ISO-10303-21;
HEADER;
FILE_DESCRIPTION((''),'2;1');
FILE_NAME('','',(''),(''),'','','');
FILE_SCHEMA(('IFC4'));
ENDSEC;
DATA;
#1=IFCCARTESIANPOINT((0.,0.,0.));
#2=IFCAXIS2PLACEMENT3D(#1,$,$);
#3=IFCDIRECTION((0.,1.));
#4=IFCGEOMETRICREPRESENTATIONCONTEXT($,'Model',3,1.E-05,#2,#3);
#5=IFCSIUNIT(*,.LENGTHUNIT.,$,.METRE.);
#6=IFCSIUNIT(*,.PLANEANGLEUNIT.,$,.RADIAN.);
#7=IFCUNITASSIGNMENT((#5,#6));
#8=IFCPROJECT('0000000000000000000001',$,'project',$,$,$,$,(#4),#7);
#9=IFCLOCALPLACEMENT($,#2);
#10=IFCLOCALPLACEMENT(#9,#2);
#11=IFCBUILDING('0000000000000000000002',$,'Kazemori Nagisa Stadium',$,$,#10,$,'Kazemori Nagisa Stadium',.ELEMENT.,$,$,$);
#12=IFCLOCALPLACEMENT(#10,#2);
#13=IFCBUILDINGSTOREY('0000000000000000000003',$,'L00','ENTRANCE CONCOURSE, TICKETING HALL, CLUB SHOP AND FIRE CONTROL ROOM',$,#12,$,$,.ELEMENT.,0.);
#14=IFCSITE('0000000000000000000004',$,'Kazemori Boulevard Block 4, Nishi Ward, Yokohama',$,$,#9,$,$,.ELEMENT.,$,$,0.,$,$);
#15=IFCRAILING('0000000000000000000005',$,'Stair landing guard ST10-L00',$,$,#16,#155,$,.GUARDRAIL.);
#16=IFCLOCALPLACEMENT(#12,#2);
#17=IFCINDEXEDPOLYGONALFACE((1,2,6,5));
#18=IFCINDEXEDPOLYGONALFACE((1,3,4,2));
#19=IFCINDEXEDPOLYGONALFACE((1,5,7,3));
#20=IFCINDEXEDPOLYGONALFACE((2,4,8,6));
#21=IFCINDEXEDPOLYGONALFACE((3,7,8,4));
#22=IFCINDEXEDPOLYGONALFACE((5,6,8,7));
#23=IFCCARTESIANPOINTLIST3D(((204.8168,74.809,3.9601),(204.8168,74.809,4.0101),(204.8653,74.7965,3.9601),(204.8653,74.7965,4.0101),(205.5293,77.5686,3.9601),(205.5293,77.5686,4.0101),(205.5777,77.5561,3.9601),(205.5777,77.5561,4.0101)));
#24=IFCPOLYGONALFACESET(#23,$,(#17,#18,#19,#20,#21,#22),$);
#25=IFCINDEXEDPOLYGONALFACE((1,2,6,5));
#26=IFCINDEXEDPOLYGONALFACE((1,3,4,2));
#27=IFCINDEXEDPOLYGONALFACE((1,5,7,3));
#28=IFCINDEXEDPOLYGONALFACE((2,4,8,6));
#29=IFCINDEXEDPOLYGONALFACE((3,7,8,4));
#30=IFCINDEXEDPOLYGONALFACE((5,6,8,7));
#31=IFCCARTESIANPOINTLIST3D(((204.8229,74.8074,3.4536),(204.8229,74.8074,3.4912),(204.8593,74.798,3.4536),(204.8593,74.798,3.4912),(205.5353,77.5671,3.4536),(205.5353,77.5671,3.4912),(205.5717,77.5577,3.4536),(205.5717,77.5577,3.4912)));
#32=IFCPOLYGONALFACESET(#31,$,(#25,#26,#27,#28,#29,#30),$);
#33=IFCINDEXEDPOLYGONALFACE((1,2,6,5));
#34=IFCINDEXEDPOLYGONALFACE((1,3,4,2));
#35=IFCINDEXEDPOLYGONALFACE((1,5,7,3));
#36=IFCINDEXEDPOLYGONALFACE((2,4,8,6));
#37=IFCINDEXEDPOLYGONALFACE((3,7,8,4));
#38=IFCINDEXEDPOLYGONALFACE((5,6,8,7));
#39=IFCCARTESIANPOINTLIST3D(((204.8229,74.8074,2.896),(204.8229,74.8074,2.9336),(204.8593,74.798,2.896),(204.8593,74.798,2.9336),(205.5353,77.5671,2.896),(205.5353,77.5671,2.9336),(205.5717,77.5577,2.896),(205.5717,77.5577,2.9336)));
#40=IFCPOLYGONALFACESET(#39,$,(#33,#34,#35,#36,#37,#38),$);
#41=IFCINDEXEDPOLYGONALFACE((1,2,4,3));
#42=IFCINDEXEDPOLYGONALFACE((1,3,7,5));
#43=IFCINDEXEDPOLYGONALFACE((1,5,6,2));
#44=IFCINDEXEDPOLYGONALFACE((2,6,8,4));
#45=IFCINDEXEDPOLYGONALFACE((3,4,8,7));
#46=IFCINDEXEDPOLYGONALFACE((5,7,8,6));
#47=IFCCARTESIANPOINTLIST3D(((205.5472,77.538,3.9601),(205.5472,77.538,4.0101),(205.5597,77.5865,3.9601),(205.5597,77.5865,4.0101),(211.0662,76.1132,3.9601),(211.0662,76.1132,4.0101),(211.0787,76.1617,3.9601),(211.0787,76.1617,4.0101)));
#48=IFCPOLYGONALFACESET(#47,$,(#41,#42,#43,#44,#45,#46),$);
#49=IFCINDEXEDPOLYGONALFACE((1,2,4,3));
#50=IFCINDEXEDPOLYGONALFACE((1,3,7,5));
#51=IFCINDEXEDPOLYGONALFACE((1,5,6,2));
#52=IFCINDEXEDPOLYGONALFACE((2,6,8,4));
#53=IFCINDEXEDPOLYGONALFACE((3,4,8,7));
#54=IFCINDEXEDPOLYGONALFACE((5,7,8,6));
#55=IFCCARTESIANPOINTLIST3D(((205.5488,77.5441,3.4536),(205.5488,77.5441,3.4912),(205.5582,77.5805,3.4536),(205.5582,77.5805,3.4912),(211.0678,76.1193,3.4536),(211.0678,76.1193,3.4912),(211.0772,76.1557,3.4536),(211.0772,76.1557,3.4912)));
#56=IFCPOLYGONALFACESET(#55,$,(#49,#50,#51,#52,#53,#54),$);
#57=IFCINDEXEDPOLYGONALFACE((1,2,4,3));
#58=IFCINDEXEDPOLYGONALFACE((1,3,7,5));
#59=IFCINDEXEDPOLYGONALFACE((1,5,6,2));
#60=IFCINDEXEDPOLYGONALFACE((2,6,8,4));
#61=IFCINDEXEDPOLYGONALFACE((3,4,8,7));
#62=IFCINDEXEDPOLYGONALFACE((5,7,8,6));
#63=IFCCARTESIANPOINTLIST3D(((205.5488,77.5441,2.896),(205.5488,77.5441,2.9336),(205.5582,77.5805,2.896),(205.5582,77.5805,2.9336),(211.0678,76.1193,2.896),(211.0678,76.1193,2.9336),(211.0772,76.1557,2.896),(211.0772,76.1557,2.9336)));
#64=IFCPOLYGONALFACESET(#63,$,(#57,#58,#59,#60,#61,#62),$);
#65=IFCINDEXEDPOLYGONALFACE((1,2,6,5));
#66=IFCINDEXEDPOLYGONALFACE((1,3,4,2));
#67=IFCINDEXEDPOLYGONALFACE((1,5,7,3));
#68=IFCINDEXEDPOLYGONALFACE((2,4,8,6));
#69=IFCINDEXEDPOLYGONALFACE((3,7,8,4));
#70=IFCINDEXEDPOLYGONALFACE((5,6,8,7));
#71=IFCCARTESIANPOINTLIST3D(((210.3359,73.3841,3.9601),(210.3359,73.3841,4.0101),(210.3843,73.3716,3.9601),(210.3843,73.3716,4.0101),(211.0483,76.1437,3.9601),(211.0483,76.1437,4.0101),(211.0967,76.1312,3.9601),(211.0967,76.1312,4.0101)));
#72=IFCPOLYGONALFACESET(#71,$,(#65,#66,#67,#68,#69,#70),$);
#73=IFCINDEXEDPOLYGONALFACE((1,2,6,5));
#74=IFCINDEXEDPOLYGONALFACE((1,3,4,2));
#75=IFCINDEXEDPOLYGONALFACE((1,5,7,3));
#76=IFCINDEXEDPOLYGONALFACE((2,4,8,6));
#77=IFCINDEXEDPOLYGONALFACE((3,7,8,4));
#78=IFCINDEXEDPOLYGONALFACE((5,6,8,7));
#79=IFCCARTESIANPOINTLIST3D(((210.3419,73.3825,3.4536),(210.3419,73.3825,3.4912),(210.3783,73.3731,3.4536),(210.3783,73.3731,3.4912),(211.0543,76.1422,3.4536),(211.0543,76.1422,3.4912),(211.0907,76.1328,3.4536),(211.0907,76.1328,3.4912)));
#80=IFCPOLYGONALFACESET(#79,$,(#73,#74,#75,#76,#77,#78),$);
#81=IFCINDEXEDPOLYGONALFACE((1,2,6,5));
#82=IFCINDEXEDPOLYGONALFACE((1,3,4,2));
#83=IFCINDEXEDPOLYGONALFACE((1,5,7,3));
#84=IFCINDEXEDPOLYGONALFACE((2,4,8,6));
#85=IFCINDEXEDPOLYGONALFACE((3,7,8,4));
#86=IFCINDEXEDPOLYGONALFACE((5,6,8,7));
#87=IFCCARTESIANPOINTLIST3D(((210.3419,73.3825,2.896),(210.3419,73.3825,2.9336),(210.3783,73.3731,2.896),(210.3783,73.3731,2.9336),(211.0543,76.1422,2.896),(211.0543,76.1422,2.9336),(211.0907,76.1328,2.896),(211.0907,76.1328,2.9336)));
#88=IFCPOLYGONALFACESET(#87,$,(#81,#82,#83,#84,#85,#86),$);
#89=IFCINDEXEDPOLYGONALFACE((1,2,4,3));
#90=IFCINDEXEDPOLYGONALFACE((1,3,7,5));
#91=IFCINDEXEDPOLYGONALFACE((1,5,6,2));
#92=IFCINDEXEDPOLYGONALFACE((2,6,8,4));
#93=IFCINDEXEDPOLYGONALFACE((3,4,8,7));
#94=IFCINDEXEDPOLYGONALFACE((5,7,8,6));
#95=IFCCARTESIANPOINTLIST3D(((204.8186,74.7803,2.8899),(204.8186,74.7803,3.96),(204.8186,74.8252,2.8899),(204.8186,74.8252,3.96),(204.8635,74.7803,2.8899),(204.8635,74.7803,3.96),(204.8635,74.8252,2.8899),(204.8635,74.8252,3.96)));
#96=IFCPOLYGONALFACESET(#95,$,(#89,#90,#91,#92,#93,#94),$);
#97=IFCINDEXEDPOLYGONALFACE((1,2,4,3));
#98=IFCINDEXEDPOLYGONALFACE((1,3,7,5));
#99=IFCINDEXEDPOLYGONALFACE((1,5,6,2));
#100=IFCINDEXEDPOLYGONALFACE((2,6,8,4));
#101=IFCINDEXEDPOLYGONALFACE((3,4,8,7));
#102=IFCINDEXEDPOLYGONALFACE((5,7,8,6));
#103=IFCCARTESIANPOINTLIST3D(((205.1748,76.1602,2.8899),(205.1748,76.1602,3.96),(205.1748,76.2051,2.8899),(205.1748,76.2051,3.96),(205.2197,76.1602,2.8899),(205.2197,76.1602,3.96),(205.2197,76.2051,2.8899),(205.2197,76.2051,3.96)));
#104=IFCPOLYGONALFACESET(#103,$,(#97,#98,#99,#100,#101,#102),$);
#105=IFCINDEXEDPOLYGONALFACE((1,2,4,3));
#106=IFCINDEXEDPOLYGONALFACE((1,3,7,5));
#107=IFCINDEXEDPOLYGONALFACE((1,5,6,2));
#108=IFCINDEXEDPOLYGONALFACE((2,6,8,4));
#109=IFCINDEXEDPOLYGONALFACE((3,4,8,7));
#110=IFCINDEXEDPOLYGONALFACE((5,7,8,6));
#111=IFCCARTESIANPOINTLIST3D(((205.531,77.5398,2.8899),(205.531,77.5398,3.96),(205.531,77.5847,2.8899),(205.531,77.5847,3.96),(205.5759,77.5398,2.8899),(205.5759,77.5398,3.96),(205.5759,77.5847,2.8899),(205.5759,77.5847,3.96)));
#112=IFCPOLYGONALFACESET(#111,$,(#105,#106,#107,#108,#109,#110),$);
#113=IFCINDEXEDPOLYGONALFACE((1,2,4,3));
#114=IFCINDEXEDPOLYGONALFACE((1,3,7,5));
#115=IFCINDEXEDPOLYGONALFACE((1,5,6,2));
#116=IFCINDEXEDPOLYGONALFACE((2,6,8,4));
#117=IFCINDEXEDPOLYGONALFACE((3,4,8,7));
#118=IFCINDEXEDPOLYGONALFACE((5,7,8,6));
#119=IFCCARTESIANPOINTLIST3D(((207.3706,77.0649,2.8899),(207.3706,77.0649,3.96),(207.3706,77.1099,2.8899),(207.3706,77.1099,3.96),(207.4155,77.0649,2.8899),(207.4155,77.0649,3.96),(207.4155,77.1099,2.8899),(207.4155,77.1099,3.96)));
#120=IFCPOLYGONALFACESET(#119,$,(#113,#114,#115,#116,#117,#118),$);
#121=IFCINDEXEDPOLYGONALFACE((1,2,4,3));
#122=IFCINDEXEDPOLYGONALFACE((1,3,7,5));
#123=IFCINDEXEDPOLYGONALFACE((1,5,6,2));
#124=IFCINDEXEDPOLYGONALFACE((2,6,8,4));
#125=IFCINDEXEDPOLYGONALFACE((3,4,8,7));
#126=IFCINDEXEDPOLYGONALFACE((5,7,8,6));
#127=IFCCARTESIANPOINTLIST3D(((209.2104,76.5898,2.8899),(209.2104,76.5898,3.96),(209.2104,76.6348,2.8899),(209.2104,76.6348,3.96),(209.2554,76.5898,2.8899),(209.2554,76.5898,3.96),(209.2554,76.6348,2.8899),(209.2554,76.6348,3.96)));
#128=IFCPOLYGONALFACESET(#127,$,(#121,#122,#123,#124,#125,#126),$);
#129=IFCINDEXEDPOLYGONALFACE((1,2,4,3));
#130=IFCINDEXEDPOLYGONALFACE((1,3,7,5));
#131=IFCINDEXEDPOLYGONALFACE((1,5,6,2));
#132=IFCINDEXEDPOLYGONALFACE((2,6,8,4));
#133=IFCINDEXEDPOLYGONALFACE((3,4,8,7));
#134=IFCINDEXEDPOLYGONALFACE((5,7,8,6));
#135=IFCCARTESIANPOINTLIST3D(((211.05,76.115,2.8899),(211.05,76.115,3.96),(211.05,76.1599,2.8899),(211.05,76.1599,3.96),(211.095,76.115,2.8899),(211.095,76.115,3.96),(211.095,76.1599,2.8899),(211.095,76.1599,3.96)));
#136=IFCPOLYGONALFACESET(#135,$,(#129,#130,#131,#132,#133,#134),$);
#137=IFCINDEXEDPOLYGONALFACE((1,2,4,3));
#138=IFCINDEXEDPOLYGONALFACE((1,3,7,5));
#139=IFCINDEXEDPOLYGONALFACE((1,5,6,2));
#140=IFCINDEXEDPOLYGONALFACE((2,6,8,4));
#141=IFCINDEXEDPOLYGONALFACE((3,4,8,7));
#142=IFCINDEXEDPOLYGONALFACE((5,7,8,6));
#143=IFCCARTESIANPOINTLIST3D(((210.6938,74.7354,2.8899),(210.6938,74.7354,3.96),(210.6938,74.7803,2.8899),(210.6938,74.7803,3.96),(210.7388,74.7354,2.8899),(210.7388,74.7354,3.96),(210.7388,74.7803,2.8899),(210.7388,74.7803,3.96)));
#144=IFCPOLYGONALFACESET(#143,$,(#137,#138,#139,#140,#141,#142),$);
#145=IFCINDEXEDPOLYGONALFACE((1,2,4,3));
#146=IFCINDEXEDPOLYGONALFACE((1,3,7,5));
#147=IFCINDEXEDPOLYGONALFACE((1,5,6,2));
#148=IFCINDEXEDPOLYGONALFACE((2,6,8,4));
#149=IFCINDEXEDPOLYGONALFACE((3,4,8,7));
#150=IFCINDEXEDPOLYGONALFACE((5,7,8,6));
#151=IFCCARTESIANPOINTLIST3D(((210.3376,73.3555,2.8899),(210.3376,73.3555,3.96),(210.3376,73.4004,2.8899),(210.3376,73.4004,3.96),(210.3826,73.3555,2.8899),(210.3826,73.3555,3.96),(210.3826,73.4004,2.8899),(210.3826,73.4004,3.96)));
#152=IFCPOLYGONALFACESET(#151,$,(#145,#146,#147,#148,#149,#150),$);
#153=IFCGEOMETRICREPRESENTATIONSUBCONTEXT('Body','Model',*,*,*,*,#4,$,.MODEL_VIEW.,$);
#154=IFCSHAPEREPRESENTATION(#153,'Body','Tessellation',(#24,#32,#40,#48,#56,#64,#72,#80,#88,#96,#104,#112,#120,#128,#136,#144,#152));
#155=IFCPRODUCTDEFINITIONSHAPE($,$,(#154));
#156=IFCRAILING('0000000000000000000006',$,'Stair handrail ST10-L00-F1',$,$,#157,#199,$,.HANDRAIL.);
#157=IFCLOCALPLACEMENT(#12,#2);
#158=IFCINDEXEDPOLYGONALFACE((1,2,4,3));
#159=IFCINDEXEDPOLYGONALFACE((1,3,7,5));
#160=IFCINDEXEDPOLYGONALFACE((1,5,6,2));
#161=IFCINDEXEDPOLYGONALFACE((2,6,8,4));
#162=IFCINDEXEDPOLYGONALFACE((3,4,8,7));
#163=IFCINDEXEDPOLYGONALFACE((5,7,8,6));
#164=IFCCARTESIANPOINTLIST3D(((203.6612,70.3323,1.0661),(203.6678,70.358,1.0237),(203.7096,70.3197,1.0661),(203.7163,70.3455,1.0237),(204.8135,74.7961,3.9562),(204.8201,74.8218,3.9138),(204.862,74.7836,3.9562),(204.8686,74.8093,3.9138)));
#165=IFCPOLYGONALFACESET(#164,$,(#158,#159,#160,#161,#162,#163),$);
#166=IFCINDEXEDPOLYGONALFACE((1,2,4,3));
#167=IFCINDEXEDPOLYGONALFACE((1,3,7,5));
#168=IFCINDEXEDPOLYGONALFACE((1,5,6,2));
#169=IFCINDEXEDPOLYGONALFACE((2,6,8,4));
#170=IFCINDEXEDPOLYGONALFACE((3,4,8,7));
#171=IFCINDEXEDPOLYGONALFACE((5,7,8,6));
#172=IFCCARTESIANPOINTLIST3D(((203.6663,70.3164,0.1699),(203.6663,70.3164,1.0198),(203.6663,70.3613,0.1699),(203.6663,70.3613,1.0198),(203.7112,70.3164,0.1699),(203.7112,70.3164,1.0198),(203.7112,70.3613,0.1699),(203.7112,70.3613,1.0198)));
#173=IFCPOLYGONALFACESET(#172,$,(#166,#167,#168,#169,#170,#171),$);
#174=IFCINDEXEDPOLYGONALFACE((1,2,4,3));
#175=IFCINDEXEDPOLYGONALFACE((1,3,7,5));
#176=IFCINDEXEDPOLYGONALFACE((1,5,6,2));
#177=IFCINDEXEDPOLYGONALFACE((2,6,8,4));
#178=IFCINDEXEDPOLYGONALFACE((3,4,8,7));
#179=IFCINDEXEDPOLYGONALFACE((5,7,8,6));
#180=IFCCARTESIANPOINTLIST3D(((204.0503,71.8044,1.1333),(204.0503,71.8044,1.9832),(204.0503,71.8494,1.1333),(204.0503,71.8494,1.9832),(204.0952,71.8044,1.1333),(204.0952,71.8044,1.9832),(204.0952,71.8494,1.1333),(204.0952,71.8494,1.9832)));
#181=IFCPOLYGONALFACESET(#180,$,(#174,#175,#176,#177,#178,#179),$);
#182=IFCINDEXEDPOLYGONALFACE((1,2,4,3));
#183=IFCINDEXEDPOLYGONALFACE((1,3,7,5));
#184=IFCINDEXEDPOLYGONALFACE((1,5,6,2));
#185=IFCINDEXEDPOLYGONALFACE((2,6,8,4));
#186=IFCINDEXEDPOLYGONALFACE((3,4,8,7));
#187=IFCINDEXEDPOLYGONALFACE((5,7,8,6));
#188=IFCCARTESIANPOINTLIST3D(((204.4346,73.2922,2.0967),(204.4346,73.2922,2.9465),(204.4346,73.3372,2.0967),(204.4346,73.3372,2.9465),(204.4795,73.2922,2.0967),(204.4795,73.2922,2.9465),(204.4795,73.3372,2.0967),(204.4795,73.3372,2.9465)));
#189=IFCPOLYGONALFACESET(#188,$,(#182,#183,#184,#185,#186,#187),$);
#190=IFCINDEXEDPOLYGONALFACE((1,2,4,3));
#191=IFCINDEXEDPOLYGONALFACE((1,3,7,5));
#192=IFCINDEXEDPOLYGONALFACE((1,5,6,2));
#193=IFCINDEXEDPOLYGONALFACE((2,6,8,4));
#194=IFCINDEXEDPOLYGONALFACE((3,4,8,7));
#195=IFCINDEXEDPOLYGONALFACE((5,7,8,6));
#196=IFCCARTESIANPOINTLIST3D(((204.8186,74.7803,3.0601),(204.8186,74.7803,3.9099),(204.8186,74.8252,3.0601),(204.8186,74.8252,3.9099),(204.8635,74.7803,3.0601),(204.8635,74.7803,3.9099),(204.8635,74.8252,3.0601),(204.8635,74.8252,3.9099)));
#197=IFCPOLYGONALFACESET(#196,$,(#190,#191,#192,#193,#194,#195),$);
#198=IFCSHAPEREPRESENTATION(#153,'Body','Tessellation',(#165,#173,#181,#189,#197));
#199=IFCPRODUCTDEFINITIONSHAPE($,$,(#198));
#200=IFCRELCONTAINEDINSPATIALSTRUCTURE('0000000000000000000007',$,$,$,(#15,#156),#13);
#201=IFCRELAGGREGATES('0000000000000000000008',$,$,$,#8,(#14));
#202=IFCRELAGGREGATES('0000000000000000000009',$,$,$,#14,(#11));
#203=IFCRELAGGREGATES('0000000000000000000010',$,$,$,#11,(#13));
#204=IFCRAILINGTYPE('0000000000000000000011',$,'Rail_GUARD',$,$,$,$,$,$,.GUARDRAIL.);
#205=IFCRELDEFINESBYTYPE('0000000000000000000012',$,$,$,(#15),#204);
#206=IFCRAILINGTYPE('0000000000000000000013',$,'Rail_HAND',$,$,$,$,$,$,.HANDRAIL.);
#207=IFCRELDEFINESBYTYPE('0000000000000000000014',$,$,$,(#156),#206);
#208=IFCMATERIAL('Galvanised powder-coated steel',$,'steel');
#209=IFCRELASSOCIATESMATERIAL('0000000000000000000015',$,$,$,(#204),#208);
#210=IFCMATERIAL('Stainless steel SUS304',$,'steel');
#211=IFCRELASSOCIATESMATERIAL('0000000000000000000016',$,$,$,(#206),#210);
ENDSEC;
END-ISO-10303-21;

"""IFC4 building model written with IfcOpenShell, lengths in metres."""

from ifc_helpers import new_model, si_unit, direction, frame, origin, origin_2d, place, context, subcontext, project, spatial, rectangle, extrude, material, type_object, element, save


model = new_model("IFC4")

# Units and contexts
model_context = context("Model", 3, precision=1e-05, world=origin(), true_north=direction((0.0, 1.0)))
body_context = subcontext(model_context, "Body", "Model", "MODEL_VIEW")
ifc_project = project(units=[si_unit("LENGTHUNIT", "METRE"), si_unit("PLANEANGLEUNIT", "RADIAN")], contexts=[model_context])

# Site, building, storey
site_placement = place(None, origin())
site = spatial("IfcSite", under=ifc_project, at=site_placement, Name="Kazemori Boulevard Block 4, Nishi Ward, Yokohama", CompositionType="ELEMENT", RefElevation=0.0)
building_placement = place(site_placement, origin())
building = spatial("IfcBuilding", under=site, at=building_placement, Name="Kazemori Nagisa Stadium", LongName="Kazemori Nagisa Stadium", CompositionType="ELEMENT")
storey_placement = place(building_placement, origin())
storey = spatial("IfcBuildingStorey", under=building, at=storey_placement, Name="L00", Description="ENTRANCE CONCOURSE, TICKETING HALL, CLUB SHOP AND FIRE CONTROL ROOM", CompositionType="ELEMENT", Elevation=0.0)

# Shared definitions
ifc_material_1 = material(Name="Stainless steel SUS304", Category="steel")

# Railings
ifc_material_2 = material(Name="Galvanised powder-coated steel", Category="steel")
railing_type_1 = type_object("IfcRailingType", Name="Rail_GUARD", PredefinedType="GUARDRAIL", material=ifc_material_2)
railing_1_placement = place(storey_placement, frame((204.8411, 74.8027, 2.8899)))
element("IfcRailing", 1, at=railing_1_placement, inside=storey, type_object=railing_type_1, Name="Stair landing guard ST10-L00", PredefinedType="GUARDRAIL", context=body_context, shape_type="SweptSolid", body=[
    extrude(rectangle(XDim=0.05, YDim=0.05, at=origin_2d()), frame((0.0, 0.0, 1.0952), z_axis=(0.249966, 0.968255, 0.0), x_axis=(-0.968255, 0.249966, 0.0)), (0.0, 0.0, 1.0), 2.8501),
    extrude(rectangle(XDim=0.0376, YDim=0.0376, at=origin_2d()), frame((0.0, 0.0, 0.5825), z_axis=(0.249966, 0.968255, 0.0), x_axis=(-0.968255, 0.249966, 0.0)), (0.0, 0.0, 1.0), 2.8501),
    extrude(rectangle(XDim=0.0376, YDim=0.0376, at=origin_2d()), frame((0.0, 0.0, 0.0249), z_axis=(0.249966, 0.968255, 0.0), x_axis=(-0.968255, 0.249966, 0.0)), (0.0, 0.0, 1.0), 2.8501),
    extrude(rectangle(XDim=0.05, YDim=0.05, at=origin_2d()), frame((0.7124, 2.7595, 1.0952), z_axis=(0.968255, -0.249966, 0.0), x_axis=(0.249966, 0.968255, 0.0)), (0.0, 0.0, 1.0), 5.7),
    extrude(rectangle(XDim=0.0376, YDim=0.0376, at=origin_2d()), frame((0.7124, 2.7595, 0.5825), z_axis=(0.968255, -0.249966, 0.0), x_axis=(0.249966, 0.968255, 0.0)), (0.0, 0.0, 1.0), 5.7),
    extrude(rectangle(XDim=0.0376, YDim=0.0376, at=origin_2d()), frame((0.7124, 2.7595, 0.0249), z_axis=(0.968255, -0.249966, 0.0), x_axis=(0.249966, 0.968255, 0.0)), (0.0, 0.0, 1.0), 5.7),
    extrude(rectangle(XDim=0.05, YDim=0.05, at=origin_2d()), frame((6.2314, 1.3347, 1.0952), z_axis=(-0.249966, -0.968255, 0.0), x_axis=(0.968255, -0.249966, 0.0)), (0.0, 0.0, 1.0), 2.8501),
    extrude(rectangle(XDim=0.0376, YDim=0.0376, at=origin_2d()), frame((6.2314, 1.3347, 0.5825), z_axis=(-0.249966, -0.968255, 0.0), x_axis=(0.968255, -0.249966, 0.0)), (0.0, 0.0, 1.0), 2.8501),
    extrude(rectangle(XDim=0.0376, YDim=0.0376, at=origin_2d()), frame((6.2314, 1.3347, 0.0249), z_axis=(-0.249966, -0.968255, 0.0), x_axis=(0.968255, -0.249966, 0.0)), (0.0, 0.0, 1.0), 2.8501),
    extrude(rectangle(XDim=0.0449, YDim=0.0449, at=origin_2d()), origin(), (0.0, 0.0, 1.0), 1.0701),
    extrude(rectangle(XDim=0.0449, YDim=0.0449, at=origin_2d()), frame((0.3562, 1.3799, 0.0)), (0.0, 0.0, 1.0), 1.0701),
    extrude(rectangle(XDim=0.0449, YDim=0.0449, at=origin_2d()), frame((0.7124, 2.7595, 0.0)), (0.0, 0.0, 1.0), 1.0701),
    extrude(rectangle(XDim=0.0449, YDim=0.0449, at=origin_2d()), frame((2.552, 2.2847, 0.0)), (0.0, 0.0, 1.0), 1.0701),
    extrude(rectangle(XDim=0.0449, YDim=0.0449, at=origin_2d()), frame((4.3918, 1.8096, 0.0)), (0.0, 0.0, 1.0), 1.0701),
    extrude(rectangle(XDim=0.0449, YDim=0.0449, at=origin_2d()), frame((6.2314, 1.3347, 0.0)), (0.0, 0.0, 1.0), 1.0701),
    extrude(rectangle(XDim=0.0449, YDim=0.0449, at=origin_2d()), frame((5.8752, -0.0449, 0.0)), (0.0, 0.0, 1.0), 1.0701),
    extrude(rectangle(XDim=0.0449, YDim=0.0449, at=origin_2d()), frame((5.519, -1.4248, 0.0)), (0.0, 0.0, 1.0), 1.0701),
])
railing_type_2 = type_object("IfcRailingType", Name="Rail_HAND", PredefinedType="HANDRAIL", material=ifc_material_1)
railing_2_placement = place(storey_placement, frame((203.6887, 70.3389, 0.1699)))
element("IfcRailing", 2, at=railing_2_placement, inside=storey, type_object=railing_type_2, Name="Stair handrail ST10-L00-F1", PredefinedType="HANDRAIL", context=body_context, shape_type="SweptSolid", body=[
    extrude(rectangle(XDim=0.05, YDim=0.05, at=origin_2d()), frame((0.0, 0.0, 0.875), z_axis=(0.21178, 0.82038, 0.531156), x_axis=(-0.968257, 0.249955, 0.0)), (0.0, 0.0, 1.0), 5.4412),
    extrude(rectangle(XDim=0.0449, YDim=0.0449, at=origin_2d()), origin(), (0.0, 0.0, 1.0), 0.8499),
    extrude(rectangle(XDim=0.0449, YDim=0.0449, at=origin_2d()), frame((0.384, 1.488, 0.9634)), (0.0, 0.0, 1.0), 0.8499),
    extrude(rectangle(XDim=0.0449, YDim=0.0449, at=origin_2d()), frame((0.7683, 2.9758, 1.9268)), (0.0, 0.0, 1.0), 0.8499),
    extrude(rectangle(XDim=0.0449, YDim=0.0449, at=origin_2d()), frame((1.1523, 4.4639, 2.8901)), (0.0, 0.0, 1.0), 0.8499),
])

save(model, "model.ifc")
